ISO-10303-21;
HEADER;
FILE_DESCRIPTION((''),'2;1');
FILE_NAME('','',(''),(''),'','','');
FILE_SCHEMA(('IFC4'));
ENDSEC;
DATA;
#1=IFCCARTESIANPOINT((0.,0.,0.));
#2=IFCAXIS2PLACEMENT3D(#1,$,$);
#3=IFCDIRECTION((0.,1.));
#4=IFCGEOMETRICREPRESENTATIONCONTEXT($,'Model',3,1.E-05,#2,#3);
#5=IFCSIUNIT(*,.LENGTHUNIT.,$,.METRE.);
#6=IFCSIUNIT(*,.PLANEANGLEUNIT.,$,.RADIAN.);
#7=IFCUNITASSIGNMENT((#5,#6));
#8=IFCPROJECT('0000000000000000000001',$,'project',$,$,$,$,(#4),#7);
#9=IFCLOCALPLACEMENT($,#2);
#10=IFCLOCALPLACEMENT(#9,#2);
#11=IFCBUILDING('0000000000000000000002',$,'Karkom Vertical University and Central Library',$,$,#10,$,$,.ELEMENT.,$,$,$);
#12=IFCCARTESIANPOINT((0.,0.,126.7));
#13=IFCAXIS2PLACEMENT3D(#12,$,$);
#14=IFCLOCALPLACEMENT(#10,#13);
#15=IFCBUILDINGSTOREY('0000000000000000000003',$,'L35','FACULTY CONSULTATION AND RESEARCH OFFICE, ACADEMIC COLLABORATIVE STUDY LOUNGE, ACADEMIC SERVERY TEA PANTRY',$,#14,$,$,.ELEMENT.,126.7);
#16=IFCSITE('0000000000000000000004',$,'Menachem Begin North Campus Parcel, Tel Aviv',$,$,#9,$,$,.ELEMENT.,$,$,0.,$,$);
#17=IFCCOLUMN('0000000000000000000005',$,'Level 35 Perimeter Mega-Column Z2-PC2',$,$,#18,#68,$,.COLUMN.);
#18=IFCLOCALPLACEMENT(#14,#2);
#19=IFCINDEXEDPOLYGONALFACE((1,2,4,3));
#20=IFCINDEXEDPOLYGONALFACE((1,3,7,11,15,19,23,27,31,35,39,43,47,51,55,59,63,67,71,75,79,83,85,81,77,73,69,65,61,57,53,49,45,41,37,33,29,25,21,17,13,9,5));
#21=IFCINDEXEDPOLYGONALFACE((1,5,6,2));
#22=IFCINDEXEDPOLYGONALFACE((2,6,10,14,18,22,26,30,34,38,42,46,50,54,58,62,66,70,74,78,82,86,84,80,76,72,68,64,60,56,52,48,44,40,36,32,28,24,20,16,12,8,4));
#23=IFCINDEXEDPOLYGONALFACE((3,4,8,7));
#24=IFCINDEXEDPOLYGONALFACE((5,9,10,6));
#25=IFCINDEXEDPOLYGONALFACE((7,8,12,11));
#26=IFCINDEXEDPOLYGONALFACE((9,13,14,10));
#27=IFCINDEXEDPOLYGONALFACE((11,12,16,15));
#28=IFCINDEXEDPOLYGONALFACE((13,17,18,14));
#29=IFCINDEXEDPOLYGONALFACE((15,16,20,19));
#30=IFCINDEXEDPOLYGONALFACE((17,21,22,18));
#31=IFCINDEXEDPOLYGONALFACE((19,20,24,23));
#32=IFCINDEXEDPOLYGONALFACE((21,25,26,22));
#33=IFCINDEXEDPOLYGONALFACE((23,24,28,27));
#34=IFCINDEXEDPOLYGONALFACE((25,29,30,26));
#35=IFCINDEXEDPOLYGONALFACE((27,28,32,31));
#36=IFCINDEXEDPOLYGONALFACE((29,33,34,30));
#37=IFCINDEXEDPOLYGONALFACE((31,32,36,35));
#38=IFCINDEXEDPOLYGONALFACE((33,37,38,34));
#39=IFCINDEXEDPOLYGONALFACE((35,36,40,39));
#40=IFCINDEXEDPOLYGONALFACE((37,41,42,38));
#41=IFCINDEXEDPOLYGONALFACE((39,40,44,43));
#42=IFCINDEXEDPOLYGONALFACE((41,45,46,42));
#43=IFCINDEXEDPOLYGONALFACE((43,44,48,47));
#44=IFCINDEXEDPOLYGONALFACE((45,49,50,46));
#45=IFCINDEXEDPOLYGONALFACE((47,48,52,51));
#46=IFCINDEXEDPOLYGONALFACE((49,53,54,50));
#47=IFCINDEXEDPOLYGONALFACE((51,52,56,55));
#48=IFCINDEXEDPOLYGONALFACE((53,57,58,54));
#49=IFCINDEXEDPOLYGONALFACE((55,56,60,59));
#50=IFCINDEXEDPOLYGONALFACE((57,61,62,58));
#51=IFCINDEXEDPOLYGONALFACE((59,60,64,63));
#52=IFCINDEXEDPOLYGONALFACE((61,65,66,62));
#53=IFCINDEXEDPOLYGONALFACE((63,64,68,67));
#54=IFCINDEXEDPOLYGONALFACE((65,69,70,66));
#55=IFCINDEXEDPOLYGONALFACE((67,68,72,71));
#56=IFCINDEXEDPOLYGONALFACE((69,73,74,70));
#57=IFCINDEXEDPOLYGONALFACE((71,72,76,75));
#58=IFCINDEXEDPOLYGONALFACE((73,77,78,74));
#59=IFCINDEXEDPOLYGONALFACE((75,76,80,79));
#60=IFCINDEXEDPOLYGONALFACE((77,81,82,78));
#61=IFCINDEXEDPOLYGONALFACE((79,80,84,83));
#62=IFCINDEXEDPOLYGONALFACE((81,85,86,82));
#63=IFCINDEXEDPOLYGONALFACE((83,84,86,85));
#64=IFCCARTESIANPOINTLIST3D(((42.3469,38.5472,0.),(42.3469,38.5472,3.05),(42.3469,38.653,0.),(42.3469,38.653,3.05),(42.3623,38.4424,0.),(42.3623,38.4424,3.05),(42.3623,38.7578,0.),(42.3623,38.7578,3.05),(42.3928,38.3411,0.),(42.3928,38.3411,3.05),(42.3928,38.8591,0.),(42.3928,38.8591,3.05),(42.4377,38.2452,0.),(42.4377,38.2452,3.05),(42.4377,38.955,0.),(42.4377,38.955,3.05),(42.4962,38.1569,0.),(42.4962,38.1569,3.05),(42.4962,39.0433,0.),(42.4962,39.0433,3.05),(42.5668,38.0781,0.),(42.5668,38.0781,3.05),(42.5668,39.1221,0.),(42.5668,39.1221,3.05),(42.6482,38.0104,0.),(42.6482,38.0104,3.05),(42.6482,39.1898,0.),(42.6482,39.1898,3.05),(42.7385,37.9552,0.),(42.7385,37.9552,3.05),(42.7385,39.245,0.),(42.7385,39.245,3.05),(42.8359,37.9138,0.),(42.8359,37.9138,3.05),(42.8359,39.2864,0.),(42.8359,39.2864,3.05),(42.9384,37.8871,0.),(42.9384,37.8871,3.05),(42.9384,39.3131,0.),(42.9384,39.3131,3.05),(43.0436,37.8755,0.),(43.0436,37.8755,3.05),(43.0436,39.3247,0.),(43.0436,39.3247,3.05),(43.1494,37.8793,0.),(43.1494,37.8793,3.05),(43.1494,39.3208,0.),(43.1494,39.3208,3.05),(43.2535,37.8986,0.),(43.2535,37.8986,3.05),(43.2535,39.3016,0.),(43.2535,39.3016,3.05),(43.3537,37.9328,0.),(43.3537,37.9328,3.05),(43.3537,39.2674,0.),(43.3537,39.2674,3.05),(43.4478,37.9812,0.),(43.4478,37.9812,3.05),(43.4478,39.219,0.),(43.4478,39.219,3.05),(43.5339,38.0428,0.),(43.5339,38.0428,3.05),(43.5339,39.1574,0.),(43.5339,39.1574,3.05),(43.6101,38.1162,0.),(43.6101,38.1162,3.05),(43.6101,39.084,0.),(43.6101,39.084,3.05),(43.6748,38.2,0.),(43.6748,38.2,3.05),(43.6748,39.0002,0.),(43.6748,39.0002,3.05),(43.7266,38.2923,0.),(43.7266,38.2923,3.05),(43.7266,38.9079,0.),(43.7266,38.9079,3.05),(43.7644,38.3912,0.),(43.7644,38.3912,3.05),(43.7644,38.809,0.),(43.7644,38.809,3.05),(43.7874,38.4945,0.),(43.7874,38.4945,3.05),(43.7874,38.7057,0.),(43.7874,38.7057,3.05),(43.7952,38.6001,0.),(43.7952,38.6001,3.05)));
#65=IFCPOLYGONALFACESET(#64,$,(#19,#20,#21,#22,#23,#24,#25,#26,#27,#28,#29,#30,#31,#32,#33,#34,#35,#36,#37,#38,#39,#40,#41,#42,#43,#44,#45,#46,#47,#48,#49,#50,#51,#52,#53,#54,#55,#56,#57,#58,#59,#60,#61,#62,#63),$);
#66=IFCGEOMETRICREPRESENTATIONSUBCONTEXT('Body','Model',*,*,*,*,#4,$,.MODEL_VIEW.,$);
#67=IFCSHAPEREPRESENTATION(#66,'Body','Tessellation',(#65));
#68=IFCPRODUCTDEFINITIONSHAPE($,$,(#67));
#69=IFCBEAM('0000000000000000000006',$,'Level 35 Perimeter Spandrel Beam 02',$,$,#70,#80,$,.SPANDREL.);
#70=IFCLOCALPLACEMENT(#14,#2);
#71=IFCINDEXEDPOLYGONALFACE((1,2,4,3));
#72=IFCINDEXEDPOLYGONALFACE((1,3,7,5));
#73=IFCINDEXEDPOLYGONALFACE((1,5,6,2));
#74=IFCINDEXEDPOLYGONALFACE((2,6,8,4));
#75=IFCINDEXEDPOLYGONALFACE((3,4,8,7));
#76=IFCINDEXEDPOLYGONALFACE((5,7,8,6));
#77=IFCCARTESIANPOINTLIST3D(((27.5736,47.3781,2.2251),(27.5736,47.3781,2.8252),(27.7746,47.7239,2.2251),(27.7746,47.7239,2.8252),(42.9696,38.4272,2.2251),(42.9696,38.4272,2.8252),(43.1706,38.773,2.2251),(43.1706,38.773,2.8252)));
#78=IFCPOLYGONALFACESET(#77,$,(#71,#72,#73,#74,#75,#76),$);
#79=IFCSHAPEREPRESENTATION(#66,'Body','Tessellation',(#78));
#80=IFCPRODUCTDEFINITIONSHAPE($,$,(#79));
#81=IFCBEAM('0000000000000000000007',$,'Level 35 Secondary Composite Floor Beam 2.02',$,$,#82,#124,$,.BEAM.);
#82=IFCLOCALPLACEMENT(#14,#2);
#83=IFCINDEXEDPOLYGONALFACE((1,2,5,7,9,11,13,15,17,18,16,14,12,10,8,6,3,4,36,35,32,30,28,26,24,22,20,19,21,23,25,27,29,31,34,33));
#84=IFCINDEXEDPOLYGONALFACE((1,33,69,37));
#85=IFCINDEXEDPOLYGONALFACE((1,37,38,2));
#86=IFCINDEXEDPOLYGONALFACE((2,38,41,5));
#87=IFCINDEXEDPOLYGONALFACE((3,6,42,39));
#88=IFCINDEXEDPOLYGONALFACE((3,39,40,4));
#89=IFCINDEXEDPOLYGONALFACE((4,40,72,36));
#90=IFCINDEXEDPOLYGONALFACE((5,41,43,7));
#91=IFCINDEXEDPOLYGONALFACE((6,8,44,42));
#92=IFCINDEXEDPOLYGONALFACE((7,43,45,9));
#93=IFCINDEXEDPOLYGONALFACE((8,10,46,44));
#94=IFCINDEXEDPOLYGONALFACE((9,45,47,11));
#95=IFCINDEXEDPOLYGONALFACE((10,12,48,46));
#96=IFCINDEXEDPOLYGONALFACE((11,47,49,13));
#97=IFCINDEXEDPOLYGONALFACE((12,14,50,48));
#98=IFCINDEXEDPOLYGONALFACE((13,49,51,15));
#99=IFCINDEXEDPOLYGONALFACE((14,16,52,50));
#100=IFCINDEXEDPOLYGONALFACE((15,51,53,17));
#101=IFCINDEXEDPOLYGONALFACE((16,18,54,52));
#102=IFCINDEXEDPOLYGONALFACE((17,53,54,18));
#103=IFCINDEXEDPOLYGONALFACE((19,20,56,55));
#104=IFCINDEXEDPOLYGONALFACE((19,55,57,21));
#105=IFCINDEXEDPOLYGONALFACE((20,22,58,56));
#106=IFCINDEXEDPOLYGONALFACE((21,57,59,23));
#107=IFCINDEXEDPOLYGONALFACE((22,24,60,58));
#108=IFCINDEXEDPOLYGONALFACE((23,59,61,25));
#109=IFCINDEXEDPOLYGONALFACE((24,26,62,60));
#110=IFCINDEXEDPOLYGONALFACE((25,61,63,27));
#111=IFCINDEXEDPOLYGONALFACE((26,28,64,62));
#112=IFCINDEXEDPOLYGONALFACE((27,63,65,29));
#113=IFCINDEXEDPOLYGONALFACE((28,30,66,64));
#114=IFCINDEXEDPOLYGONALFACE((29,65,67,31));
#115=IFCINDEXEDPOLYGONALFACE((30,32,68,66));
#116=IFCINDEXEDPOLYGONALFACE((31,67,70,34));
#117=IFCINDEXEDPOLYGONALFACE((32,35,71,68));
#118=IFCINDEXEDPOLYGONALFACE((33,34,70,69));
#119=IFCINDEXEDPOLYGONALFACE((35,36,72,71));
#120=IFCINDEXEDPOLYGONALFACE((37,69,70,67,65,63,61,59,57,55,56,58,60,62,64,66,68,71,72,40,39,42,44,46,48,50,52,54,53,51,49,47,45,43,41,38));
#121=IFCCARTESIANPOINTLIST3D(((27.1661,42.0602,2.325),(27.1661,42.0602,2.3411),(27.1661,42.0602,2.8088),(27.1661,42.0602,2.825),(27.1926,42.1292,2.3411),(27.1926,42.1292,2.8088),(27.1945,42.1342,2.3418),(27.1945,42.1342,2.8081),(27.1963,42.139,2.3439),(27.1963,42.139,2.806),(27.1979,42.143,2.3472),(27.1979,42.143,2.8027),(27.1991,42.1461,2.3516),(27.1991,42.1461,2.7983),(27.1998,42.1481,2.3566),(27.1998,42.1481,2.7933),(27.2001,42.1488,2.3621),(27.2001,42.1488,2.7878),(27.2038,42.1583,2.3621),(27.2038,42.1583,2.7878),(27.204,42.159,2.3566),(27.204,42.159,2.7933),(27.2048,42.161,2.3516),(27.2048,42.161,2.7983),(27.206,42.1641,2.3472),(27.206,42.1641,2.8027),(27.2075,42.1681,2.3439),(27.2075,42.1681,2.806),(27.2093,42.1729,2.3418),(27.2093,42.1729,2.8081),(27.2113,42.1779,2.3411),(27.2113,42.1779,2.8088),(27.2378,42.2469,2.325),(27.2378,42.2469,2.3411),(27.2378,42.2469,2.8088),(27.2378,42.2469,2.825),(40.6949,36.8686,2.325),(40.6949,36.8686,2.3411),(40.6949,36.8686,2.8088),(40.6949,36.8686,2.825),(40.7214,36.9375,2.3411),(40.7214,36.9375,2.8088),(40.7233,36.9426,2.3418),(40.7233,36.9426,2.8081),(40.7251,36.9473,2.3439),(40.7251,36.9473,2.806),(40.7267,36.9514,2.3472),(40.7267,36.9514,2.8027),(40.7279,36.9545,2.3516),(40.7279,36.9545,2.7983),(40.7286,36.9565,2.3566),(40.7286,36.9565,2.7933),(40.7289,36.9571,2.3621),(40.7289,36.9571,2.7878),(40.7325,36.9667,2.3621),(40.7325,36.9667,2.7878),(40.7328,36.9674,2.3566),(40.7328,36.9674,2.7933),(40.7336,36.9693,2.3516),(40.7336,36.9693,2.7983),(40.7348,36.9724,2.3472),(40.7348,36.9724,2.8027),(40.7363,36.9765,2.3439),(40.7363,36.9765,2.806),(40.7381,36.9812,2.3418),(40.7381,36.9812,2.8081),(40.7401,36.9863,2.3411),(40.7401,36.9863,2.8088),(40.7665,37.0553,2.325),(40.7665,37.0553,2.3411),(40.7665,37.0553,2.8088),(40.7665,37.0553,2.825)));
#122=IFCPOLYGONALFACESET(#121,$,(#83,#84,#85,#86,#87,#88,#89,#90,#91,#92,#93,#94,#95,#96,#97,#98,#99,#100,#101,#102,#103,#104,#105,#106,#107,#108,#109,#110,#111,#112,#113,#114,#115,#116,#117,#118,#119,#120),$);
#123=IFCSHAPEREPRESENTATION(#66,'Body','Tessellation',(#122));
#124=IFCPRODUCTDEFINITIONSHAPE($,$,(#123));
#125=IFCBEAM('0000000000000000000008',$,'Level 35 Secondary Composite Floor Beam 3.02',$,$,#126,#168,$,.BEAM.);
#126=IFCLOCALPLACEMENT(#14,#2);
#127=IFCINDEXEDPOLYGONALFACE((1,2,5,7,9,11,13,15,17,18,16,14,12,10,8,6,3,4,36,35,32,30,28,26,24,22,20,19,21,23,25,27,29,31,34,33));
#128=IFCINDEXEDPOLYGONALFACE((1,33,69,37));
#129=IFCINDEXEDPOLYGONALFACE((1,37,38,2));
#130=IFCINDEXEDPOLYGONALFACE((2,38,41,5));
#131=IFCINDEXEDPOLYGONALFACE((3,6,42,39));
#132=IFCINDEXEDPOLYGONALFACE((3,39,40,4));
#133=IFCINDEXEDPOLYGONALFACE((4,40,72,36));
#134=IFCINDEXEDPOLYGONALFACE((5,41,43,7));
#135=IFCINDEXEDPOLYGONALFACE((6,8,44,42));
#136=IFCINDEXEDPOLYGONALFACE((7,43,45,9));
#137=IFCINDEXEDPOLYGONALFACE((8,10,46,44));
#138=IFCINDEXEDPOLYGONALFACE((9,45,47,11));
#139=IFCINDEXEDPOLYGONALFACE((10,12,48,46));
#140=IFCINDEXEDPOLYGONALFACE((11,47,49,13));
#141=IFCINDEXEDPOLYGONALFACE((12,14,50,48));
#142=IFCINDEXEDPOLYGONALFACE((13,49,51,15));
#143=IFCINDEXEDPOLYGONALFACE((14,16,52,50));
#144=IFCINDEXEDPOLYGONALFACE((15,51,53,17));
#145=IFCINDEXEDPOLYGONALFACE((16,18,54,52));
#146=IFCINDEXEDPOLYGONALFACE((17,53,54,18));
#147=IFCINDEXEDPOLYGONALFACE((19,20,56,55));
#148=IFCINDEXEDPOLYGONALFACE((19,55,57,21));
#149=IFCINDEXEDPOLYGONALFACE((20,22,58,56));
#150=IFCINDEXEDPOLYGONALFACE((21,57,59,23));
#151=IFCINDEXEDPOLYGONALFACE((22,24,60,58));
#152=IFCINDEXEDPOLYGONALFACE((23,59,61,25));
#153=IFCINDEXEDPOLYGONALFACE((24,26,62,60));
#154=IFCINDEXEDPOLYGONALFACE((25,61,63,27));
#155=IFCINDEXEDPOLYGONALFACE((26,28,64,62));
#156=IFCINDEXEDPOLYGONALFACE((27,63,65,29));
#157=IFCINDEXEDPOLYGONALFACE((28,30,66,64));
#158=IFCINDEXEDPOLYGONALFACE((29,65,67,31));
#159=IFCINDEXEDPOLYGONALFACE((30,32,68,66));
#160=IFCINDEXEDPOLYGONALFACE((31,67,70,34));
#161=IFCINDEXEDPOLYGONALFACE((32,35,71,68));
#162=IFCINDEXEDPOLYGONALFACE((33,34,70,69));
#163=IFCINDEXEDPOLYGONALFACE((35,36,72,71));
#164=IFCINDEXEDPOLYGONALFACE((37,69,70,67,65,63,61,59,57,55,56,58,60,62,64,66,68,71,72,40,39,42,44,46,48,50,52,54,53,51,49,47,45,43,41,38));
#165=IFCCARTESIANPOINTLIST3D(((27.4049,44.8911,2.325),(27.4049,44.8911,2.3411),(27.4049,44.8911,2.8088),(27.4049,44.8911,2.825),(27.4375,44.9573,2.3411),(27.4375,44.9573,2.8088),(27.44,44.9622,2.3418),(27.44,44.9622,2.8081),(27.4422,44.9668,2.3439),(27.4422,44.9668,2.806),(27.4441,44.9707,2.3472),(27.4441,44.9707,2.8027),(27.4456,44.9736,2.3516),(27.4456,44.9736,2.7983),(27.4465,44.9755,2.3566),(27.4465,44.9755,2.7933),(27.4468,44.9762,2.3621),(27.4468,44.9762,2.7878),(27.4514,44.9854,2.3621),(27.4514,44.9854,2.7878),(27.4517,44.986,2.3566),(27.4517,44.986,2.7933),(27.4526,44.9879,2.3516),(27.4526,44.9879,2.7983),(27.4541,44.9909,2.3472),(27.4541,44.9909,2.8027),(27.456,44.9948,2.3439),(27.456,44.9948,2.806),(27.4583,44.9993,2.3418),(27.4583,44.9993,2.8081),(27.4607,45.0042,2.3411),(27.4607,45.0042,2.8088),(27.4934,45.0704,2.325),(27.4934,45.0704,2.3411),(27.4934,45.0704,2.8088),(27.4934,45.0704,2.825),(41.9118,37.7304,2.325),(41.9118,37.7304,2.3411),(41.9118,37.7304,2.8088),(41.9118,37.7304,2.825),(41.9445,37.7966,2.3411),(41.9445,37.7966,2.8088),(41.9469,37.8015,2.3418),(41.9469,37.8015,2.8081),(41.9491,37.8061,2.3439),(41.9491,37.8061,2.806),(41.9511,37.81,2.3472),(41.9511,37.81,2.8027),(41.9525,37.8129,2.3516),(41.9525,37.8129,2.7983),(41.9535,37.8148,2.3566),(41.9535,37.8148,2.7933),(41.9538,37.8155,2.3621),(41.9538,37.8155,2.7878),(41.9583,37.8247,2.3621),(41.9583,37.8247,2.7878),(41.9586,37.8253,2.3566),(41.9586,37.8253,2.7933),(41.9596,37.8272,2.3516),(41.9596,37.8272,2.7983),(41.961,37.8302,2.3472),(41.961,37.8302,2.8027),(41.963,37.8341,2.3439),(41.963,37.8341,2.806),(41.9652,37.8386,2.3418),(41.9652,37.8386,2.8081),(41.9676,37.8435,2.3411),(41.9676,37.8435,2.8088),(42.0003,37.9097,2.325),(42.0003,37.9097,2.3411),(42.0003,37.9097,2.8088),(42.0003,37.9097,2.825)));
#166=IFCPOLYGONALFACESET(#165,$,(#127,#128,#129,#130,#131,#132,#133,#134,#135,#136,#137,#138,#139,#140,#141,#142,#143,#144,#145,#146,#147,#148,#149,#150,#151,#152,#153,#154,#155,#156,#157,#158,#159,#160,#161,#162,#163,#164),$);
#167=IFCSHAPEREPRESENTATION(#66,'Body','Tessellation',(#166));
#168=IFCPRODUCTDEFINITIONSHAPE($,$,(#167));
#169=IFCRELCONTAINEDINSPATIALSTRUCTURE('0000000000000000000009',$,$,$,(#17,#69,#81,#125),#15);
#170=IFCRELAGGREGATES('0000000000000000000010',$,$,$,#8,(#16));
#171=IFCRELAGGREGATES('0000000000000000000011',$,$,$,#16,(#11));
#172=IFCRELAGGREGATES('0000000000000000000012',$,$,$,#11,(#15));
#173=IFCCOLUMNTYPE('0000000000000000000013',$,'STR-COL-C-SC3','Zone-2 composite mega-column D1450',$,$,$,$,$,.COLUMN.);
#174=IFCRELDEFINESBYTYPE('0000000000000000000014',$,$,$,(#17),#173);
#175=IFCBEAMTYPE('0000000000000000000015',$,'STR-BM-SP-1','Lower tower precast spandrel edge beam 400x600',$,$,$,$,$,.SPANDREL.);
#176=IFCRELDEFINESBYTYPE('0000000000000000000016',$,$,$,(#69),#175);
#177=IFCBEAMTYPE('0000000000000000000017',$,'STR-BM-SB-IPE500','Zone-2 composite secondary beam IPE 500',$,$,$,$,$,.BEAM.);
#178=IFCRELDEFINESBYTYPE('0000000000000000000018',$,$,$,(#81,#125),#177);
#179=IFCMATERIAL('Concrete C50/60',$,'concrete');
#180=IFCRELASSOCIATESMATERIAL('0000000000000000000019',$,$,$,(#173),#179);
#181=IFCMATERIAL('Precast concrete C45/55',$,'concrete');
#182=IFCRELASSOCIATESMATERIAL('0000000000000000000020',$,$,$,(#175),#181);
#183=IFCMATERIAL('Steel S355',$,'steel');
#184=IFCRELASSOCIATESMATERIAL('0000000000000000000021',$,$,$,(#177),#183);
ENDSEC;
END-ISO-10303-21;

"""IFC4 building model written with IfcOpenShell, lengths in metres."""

from ifc_helpers import new_model, si_unit, direction, frame, origin, origin_with_axes, origin_2d, place, context, subcontext, project, spatial, rectangle, circle, i_section, extrude, source, transform, mapped, material, material_profile, profile_set, type_object, element, save


model = new_model("IFC4")

# Units and contexts
model_context = context("Model", 3, precision=1e-05, world=origin(), true_north=direction((0.0, 1.0)))
body_context = subcontext(model_context, "Body", "Model", "MODEL_VIEW")
ifc_project = project(units=[si_unit("LENGTHUNIT", "METRE"), si_unit("PLANEANGLEUNIT", "RADIAN")], contexts=[model_context])

# Site, building, storey
site_placement = place(None, origin())
site = spatial("IfcSite", under=ifc_project, at=site_placement, Name="Menachem Begin North Campus Parcel, Tel Aviv", CompositionType="ELEMENT", RefElevation=0.0)
building_placement = place(site_placement, origin())
building = spatial("IfcBuilding", under=site, at=building_placement, Name="Karkom Vertical University and Central Library", CompositionType="ELEMENT")
storey_placement = place(building_placement, frame((0.0, 0.0, 126.7)))
storey = spatial("IfcBuildingStorey", under=building, at=storey_placement, Name="L35", Description="FACULTY CONSULTATION AND RESEARCH OFFICE, ACADEMIC COLLABORATIVE STUDY LOUNGE, ACADEMIC SERVERY TEA PANTRY", CompositionType="ELEMENT", Elevation=126.7)

# Column
ifc_material_1 = material(Name="Concrete C50/60", Category="concrete")
ifc_material_profile_1 = material_profile(ifc_material_1, circle(Radius=0.7251, at=origin_2d()), Name="CFT-D1450")
ifc_profile_set_1 = profile_set([ifc_material_profile_1], Name="Concrete C50/60")
column_type = type_object("IfcColumnType", Name="STR-COL-C-SC3", Description="Zone-2 composite mega-column D1450", PredefinedType="COLUMN", material=ifc_profile_set_1)
shared_shape_1 = source(origin_with_axes(), body_context, "Body", "SweptSolid", [
    extrude(circle(Radius=0.7251, at=origin_2d()), origin(), (0.0, 0.0, 1.0), 3.05),
])
column_placement = place(storey_placement, frame((43.0701, 38.6001, 0.0), z_axis=(0.0, 0.0, 1.0), x_axis=(1.0, 0.0, 0.0)))
element("IfcColumn", 1, at=column_placement, inside=storey, type_object=column_type, Name="Level 35 Perimeter Mega-Column Z2-PC2", PredefinedType="COLUMN", context=body_context, shape_type="MappedRepresentation", body=[
    mapped(shared_shape_1, transform((0.0, 0.0, 0.0), scale=1.0)),
])

# Beams
ifc_material_2 = material(Name="Precast concrete C45/55", Category="concrete")
ifc_material_profile_2 = material_profile(ifc_material_2, rectangle(XDim=0.3999, YDim=0.6001, at=origin_2d()), Name="SPB-400x600")
ifc_profile_set_2 = profile_set([ifc_material_profile_2], Name="Precast concrete C45/55")
beam_type_1 = type_object("IfcBeamType", Name="STR-BM-SP-1", Description="Lower tower precast spandrel edge beam 400x600", PredefinedType="SPANDREL", material=ifc_profile_set_2)
shared_shape_2 = source(origin_with_axes(), body_context, "Body", "SweptSolid", [
    extrude(rectangle(XDim=0.3999, YDim=0.6001, at=origin_2d()), origin(), (0.0, 0.0, 1.0), 17.8088),
])
beam_1_placement = place(storey_placement, frame((43.0701, 38.6001, 2.5251), z_axis=(-0.864513, 0.502611, 0.0), x_axis=(-0.502611, -0.864513, 0.0)))
element("IfcBeam", 2, at=beam_1_placement, inside=storey, type_object=beam_type_1, Name="Level 35 Perimeter Spandrel Beam 02", PredefinedType="SPANDREL", context=body_context, shape_type="MappedRepresentation", body=[
    mapped(shared_shape_2, transform((0.0, 0.0, 0.0), scale=1.0)),
])
ifc_material_3 = material(Name="Steel S355", Category="steel")
ifc_material_profile_3 = material_profile(ifc_material_3, i_section(OverallWidth=0.2, OverallDepth=0.5, WebThickness=0.0103, FlangeThickness=0.0161, FilletRadius=0.021, at=origin_2d()), Name="IPE 500")
ifc_profile_set_3 = profile_set([ifc_material_profile_3], Name="Steel S355")
beam_type_2 = type_object("IfcBeamType", Name="STR-BM-SB-IPE500", Description="Zone-2 composite secondary beam IPE 500", PredefinedType="BEAM", material=ifc_profile_set_3)
shared_shape_3 = source(origin_with_axes(), body_context, "Body", "SweptSolid", [
    extrude(i_section(OverallWidth=0.2, OverallDepth=0.5, WebThickness=0.0103, FlangeThickness=0.0161, FilletRadius=0.021, at=origin_2d()), origin(), (0.0, 0.0, 1.0), 14.4907),
])
beam_2_placement = place(storey_placement, frame((40.7307, 36.9619, 2.575), z_axis=(-0.933617, 0.358273, 0.0), x_axis=(-0.358273, -0.933617, 0.0)))
element("IfcBeam", 3, at=beam_2_placement, inside=storey, type_object=beam_type_2, Name="Level 35 Secondary Composite Floor Beam 2.02", PredefinedType="BEAM", context=body_context, shape_type="MappedRepresentation", body=[
    mapped(shared_shape_3, transform((0.0, 0.0, 0.0), scale=1.0)),
])
shared_shape_4 = source(origin_with_axes(), body_context, "Body", "SweptSolid", [
    extrude(i_section(OverallWidth=0.2, OverallDepth=0.5, WebThickness=0.0103, FlangeThickness=0.0161, FilletRadius=0.021, at=origin_2d()), origin(), (0.0, 0.0, 1.0), 16.178),
])
beam_3_placement = place(storey_placement, frame((41.9561, 37.8201, 2.575), z_axis=(-0.896709, 0.44262, 0.0), x_axis=(-0.44262, -0.896709, 0.0)))
element("IfcBeam", 4, at=beam_3_placement, inside=storey, type_object=beam_type_2, Name="Level 35 Secondary Composite Floor Beam 3.02", PredefinedType="BEAM", context=body_context, shape_type="MappedRepresentation", body=[
    mapped(shared_shape_4, transform((0.0, 0.0, 0.0), scale=1.0)),
])

save(model, "model.ifc")
